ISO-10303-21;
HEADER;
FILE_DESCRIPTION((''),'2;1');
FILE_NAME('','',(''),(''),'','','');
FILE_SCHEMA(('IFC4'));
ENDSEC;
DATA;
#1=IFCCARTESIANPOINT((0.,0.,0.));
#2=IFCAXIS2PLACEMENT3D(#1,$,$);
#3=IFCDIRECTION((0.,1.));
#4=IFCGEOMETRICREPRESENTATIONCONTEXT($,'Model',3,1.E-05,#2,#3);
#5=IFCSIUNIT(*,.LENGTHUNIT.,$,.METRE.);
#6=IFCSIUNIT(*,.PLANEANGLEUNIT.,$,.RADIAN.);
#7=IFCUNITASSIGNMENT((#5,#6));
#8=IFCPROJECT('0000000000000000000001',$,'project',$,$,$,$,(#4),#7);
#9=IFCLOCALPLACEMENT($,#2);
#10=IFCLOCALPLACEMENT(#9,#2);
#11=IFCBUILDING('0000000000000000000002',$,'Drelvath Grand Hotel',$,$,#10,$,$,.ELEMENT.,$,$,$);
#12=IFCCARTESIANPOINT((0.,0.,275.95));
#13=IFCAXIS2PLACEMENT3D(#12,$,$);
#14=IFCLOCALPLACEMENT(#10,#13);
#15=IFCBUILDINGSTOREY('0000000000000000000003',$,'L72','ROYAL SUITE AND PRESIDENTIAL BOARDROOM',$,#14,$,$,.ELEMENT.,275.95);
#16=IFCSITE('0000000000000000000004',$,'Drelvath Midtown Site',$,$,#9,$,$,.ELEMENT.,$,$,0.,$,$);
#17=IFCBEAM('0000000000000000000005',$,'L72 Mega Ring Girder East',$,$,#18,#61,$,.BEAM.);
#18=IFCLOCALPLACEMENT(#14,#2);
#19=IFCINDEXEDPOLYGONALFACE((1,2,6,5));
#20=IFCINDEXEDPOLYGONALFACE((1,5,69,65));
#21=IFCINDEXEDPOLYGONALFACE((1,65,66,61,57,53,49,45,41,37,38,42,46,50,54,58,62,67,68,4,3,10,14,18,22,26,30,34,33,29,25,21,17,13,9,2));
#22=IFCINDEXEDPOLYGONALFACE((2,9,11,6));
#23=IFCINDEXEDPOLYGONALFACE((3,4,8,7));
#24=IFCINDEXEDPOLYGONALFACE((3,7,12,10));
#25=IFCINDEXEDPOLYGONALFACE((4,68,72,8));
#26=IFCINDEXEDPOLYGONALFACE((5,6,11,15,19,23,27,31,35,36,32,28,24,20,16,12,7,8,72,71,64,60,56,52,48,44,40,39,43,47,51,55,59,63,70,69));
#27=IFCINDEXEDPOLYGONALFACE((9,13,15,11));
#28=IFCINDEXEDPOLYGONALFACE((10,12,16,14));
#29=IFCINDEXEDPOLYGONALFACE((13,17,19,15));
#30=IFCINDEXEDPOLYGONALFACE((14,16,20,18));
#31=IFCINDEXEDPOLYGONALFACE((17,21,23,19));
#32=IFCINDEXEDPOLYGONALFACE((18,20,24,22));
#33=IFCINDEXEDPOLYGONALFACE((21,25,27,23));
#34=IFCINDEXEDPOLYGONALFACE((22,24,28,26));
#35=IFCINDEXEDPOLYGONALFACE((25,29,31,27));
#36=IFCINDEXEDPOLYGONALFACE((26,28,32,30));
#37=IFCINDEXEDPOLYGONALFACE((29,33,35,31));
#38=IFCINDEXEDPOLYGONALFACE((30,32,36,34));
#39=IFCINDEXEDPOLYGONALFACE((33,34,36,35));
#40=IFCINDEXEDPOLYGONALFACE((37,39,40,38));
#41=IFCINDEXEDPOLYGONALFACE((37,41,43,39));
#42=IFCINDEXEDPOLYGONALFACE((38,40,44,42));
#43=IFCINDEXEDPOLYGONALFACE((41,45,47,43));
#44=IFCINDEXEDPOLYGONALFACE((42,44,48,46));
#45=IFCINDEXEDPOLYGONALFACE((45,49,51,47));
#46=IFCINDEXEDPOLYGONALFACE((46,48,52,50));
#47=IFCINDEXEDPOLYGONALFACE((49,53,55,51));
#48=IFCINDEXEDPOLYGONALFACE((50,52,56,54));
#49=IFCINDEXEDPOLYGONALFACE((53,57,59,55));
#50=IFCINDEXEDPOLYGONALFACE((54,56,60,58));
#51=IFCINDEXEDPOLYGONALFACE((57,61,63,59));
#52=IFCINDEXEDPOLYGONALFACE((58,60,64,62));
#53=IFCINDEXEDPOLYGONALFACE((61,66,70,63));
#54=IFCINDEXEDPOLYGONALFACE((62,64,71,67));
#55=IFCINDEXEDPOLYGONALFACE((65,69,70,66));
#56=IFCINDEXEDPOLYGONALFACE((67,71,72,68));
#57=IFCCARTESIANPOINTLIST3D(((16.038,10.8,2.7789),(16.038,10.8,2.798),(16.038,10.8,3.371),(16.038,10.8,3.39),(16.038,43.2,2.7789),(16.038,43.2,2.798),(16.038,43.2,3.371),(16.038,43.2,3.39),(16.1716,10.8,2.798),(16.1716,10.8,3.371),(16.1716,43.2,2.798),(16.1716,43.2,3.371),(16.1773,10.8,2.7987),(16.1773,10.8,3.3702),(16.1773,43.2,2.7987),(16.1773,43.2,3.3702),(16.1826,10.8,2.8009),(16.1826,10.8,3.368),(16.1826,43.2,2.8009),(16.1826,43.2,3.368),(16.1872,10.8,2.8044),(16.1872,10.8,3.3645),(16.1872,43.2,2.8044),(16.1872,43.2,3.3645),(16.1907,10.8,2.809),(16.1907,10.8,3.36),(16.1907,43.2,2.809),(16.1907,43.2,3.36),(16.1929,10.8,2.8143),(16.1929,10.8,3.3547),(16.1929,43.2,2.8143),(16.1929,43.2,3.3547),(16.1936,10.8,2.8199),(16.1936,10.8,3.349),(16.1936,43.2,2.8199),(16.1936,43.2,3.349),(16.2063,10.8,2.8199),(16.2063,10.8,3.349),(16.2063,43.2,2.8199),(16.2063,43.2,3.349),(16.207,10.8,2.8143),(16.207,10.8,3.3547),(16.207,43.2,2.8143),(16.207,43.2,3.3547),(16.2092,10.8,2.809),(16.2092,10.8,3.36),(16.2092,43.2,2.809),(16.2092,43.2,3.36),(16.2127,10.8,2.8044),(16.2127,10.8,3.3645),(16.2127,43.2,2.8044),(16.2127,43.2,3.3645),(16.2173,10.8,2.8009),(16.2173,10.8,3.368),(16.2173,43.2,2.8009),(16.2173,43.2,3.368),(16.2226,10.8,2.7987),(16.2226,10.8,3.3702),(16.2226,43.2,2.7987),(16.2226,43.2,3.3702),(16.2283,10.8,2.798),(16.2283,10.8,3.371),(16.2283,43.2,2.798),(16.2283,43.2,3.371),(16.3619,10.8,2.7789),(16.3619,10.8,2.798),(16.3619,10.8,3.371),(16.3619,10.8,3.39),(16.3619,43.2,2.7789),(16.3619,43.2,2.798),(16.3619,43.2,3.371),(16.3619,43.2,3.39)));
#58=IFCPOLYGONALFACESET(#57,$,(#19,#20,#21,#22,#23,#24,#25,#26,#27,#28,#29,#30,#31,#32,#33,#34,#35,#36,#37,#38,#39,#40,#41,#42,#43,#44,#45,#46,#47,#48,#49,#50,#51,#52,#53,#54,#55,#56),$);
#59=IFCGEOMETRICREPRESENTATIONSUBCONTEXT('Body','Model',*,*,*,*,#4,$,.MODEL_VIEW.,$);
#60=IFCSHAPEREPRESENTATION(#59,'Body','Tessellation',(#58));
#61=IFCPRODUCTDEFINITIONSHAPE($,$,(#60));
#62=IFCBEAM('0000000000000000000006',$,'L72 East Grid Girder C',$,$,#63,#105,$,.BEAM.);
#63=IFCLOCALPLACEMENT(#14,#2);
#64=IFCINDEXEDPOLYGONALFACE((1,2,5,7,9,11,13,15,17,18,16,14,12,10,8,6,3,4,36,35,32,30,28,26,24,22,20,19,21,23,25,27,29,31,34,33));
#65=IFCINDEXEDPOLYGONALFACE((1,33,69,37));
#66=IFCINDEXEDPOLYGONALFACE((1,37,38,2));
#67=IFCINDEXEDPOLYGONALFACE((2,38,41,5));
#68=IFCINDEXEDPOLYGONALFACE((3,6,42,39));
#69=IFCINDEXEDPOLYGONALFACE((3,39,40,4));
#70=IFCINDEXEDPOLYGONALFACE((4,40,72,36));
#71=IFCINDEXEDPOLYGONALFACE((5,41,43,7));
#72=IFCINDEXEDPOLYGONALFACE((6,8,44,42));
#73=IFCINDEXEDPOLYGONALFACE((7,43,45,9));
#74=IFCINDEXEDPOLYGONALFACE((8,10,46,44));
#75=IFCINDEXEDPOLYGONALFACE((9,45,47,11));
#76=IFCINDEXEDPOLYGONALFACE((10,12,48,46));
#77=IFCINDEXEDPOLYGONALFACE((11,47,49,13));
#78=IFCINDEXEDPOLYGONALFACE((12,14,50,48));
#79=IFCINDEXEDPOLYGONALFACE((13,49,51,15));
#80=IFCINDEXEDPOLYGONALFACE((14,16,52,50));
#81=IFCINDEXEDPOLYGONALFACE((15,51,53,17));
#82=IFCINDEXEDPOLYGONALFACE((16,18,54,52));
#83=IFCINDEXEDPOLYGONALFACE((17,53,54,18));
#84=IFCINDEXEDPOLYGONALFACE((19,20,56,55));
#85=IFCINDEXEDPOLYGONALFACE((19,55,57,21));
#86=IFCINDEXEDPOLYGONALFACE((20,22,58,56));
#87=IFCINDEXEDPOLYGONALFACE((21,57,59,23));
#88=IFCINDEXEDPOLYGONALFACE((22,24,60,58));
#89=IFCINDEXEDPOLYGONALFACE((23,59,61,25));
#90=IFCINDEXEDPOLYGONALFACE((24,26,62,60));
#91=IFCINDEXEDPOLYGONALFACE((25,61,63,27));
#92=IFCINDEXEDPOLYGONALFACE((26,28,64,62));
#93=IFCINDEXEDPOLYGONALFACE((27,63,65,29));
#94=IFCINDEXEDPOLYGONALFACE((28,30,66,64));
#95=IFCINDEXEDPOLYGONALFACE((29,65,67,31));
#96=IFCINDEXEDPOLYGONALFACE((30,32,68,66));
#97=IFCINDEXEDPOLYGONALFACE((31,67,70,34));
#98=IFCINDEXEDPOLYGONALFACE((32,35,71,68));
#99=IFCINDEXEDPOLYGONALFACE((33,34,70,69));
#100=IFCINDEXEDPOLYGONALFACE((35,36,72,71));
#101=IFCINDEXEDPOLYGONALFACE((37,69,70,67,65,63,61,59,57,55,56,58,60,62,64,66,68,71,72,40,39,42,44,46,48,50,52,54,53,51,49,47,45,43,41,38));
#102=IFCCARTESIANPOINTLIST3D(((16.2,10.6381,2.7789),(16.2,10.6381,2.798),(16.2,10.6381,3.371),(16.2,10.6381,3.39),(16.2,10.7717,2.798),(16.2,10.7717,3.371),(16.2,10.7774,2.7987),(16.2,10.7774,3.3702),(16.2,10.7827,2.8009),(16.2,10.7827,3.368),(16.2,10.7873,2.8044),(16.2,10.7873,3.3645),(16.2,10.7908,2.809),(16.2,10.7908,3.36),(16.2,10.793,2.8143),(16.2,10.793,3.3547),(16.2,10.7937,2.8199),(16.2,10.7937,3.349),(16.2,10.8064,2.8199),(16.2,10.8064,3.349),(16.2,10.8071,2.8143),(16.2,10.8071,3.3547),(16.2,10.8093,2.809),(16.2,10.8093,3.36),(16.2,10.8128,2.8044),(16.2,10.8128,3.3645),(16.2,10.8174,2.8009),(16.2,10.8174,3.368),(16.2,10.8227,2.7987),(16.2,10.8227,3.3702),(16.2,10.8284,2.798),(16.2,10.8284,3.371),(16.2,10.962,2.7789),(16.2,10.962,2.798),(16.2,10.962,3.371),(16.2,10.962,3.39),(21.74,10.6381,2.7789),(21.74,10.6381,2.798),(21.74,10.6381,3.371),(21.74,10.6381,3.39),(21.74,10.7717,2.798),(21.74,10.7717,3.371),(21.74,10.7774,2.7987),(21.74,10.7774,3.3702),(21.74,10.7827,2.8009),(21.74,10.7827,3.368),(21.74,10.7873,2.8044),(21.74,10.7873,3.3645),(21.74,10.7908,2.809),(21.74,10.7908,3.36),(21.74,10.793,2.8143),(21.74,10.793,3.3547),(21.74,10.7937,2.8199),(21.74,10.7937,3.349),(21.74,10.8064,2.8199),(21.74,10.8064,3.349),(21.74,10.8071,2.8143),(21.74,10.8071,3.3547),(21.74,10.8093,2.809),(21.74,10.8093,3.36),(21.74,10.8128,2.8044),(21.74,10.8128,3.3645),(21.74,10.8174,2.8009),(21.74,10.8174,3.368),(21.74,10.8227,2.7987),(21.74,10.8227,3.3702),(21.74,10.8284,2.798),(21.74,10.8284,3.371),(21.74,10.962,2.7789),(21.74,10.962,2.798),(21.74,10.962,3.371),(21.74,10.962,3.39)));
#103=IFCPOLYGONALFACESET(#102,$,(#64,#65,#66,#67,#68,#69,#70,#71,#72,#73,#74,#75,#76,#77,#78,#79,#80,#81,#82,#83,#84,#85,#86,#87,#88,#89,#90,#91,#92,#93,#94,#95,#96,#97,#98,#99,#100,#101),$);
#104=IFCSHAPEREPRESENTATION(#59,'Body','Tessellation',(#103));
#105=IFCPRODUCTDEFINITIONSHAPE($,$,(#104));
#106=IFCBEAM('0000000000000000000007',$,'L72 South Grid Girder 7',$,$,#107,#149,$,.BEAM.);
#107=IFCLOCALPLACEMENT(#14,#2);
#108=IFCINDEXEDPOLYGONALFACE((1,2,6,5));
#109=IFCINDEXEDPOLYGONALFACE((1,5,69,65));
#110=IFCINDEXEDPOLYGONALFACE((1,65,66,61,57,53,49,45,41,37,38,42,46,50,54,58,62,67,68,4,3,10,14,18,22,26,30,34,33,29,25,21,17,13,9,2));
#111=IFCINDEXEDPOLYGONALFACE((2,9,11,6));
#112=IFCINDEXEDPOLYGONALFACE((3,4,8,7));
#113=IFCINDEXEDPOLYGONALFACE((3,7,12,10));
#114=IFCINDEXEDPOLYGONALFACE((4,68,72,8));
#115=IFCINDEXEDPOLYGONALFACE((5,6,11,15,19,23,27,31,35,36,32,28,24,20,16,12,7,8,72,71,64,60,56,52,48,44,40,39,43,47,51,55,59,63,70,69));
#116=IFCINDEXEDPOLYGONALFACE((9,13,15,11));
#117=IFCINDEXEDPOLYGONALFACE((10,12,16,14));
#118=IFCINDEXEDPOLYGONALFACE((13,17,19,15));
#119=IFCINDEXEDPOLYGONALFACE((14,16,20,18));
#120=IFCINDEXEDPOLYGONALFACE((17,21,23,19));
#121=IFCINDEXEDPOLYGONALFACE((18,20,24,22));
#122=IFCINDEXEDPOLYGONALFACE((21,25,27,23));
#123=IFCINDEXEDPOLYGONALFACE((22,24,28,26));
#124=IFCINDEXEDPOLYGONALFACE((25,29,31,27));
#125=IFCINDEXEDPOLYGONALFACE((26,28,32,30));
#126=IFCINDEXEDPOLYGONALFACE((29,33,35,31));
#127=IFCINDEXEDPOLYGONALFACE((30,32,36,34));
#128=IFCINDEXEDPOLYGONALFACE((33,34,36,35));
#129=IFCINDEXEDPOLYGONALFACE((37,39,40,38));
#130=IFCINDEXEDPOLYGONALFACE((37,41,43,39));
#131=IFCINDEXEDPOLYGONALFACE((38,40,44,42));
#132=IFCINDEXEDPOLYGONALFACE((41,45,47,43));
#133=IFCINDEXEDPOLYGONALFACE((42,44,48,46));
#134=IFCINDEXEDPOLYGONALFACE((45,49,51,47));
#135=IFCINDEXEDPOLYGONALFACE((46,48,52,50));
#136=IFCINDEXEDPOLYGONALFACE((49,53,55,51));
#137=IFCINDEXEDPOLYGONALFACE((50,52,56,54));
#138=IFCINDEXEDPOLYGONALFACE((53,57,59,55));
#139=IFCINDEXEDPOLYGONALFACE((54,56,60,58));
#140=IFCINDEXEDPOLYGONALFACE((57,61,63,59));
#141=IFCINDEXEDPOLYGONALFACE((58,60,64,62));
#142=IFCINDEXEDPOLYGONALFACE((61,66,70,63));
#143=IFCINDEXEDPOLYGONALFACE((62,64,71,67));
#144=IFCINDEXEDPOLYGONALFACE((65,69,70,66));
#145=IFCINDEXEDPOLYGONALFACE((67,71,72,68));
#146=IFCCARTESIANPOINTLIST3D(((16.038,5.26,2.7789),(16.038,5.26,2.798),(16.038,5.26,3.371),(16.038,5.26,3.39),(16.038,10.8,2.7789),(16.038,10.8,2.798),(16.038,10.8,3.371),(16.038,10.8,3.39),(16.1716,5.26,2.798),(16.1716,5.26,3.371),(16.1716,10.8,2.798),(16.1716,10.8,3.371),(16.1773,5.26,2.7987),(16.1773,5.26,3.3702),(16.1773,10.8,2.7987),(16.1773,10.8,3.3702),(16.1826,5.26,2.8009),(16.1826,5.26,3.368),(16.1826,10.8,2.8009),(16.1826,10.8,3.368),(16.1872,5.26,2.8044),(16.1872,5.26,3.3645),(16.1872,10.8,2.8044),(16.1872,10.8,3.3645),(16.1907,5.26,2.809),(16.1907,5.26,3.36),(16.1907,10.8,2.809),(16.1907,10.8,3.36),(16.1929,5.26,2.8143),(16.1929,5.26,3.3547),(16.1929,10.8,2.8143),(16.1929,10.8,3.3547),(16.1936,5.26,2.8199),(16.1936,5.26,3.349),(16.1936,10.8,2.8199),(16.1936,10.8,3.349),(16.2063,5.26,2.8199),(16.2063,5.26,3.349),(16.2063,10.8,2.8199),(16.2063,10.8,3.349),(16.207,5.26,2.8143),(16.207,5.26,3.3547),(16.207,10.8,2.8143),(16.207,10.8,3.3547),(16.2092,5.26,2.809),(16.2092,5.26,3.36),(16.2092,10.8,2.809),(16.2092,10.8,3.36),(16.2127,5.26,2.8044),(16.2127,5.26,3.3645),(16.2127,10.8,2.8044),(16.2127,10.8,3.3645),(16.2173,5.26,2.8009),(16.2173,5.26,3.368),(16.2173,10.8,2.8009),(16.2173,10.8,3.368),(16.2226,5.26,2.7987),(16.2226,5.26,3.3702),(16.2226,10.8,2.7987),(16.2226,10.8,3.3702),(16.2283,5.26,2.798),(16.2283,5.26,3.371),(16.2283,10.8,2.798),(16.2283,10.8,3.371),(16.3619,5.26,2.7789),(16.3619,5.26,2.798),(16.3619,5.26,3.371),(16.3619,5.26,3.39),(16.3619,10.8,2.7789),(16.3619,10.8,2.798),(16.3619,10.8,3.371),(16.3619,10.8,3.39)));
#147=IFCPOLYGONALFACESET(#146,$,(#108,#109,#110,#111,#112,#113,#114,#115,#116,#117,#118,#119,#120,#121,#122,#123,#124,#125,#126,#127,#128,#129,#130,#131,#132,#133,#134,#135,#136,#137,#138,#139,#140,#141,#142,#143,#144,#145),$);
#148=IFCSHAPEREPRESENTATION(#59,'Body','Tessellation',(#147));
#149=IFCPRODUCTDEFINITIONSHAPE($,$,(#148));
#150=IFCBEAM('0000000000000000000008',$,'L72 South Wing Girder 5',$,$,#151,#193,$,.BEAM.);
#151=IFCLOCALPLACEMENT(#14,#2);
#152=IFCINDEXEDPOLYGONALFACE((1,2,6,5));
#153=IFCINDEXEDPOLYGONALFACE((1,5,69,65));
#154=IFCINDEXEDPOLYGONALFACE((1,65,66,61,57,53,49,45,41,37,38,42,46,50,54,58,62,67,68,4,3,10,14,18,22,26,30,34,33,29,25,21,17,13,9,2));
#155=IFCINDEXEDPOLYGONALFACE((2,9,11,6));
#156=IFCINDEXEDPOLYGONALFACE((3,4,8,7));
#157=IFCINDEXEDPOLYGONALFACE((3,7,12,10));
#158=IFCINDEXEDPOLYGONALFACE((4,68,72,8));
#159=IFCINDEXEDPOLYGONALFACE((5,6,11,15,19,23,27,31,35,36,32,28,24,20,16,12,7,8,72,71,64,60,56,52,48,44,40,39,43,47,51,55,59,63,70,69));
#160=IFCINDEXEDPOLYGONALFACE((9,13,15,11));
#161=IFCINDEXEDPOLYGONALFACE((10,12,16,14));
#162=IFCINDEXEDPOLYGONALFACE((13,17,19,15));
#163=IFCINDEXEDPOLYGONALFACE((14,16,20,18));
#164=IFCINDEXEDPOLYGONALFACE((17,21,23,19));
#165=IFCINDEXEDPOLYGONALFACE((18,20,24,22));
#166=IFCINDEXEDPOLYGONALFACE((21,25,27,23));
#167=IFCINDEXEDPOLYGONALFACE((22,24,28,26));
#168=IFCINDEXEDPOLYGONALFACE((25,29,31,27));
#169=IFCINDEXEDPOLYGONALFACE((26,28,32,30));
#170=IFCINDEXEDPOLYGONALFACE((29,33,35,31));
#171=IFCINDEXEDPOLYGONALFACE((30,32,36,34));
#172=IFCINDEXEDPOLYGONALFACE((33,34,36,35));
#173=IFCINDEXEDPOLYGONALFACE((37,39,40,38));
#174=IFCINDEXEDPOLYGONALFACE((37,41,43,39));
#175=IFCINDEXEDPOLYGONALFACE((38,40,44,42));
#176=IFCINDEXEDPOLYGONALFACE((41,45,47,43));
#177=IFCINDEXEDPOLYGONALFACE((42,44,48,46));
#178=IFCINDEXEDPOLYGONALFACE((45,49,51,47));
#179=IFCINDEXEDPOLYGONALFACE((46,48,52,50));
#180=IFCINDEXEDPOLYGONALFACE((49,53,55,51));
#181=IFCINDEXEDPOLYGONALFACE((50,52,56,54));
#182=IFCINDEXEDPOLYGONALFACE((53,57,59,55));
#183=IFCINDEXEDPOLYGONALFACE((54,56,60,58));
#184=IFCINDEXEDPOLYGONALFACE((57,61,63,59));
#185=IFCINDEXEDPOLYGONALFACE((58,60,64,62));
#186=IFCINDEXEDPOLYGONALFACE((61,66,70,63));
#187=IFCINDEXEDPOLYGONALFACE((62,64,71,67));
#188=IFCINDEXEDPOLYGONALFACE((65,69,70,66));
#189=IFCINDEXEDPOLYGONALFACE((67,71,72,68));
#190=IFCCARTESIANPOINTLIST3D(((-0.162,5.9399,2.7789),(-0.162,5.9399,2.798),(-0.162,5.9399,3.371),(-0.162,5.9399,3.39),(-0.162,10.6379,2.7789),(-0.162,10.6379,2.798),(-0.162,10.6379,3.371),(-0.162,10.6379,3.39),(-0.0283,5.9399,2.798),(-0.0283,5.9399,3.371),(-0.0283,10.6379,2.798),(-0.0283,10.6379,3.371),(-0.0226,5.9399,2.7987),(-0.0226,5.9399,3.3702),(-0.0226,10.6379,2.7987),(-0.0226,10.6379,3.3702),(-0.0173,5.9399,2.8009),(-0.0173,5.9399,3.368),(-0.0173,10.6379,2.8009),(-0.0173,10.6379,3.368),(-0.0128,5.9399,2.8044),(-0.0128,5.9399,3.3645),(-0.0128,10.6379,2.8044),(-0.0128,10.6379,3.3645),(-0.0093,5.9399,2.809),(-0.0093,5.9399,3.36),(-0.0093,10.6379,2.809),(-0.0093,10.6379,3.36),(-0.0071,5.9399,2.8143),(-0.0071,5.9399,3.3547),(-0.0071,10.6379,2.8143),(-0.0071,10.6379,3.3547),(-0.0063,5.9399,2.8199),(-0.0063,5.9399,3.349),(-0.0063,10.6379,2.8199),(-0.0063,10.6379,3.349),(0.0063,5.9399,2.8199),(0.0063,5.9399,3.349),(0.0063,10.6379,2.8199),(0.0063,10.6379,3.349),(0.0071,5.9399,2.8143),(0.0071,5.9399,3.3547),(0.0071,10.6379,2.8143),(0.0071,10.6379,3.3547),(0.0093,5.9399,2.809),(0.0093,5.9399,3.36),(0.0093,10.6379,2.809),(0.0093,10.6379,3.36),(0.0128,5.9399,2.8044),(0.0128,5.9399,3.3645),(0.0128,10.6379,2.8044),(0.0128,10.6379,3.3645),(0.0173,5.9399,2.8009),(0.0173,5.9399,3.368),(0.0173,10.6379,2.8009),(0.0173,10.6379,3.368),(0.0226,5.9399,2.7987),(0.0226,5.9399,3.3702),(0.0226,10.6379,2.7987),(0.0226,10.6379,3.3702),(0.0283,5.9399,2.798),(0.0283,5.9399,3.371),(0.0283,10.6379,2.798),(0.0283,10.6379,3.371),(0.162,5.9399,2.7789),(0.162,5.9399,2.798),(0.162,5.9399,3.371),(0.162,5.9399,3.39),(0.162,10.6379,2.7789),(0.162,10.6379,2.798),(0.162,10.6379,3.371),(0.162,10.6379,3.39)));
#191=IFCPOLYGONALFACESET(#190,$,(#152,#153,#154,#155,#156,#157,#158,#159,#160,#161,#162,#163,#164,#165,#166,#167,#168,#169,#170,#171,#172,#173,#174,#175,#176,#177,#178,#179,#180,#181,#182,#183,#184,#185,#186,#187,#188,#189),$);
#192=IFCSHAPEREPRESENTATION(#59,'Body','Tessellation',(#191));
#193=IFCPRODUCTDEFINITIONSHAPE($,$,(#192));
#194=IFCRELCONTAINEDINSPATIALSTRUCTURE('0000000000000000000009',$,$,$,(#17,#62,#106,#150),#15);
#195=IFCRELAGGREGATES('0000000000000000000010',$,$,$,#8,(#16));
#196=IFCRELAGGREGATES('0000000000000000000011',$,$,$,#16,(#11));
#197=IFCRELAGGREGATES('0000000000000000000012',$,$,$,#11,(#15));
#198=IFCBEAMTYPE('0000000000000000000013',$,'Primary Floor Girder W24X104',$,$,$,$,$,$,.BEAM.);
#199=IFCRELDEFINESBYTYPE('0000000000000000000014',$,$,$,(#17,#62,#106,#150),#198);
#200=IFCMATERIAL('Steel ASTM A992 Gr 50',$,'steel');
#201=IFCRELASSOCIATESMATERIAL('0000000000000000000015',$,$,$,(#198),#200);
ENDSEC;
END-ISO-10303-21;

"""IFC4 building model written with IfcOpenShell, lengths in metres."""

from ifc_helpers import new_model, si_unit, direction, frame, origin, origin_2d, place, context, subcontext, project, spatial, i_section, extrude, material, material_profile, profile_set, type_object, element, save


model = new_model("IFC4")

# Units and contexts
model_context = context("Model", 3, precision=1e-05, world=origin(), true_north=direction((0.0, 1.0)))
body_context = subcontext(model_context, "Body", "Model", "MODEL_VIEW")
ifc_project = project(units=[si_unit("LENGTHUNIT", "METRE"), si_unit("PLANEANGLEUNIT", "RADIAN")], contexts=[model_context])

# Site, building, storey
site_placement = place(None, origin())
site = spatial("IfcSite", under=ifc_project, at=site_placement, Name="Drelvath Midtown Site", CompositionType="ELEMENT", RefElevation=0.0)
building_placement = place(site_placement, origin())
building = spatial("IfcBuilding", under=site, at=building_placement, Name="Drelvath Grand Hotel", CompositionType="ELEMENT")
storey_placement = place(building_placement, frame((0.0, 0.0, 275.95)))
storey = spatial("IfcBuildingStorey", under=building, at=storey_placement, Name="L72", Description="ROYAL SUITE AND PRESIDENTIAL BOARDROOM", CompositionType="ELEMENT", Elevation=275.95)

# Shared definitions
ifc_material_1 = material(Name="Steel ASTM A992 Gr 50", Category="steel")

# Beams
ifc_material_profile_1 = material_profile(ifc_material_1, i_section(OverallWidth=0.324, OverallDepth=0.6111, WebThickness=0.0127, FlangeThickness=0.019, FilletRadius=0.022, at=origin_2d()), Name="W24X104")
ifc_profile_set_1 = profile_set([ifc_material_profile_1], Name="Steel ASTM A992 Gr 50")
beam_type_1 = type_object("IfcBeamType", Name="Primary Floor Girder W24X104", PredefinedType="BEAM", material=ifc_profile_set_1)
beam_1_placement = place(storey_placement, frame((16.2, 10.8, 3.0845), z_axis=(0.0, 1.0, 0.0), x_axis=(-1.0, 0.0, 0.0)))
element("IfcBeam", 1, at=beam_1_placement, inside=storey, type_object=beam_type_1, Name="L72 Mega Ring Girder East", PredefinedType="BEAM", context=body_context, shape_type="SweptSolid", body=[
    extrude(i_section(OverallWidth=0.324, OverallDepth=0.6111, WebThickness=0.0127, FlangeThickness=0.019, FilletRadius=0.022, at=origin_2d()), origin(), (0.0, 0.0, 1.0), 32.3999),
])
for number, where, z_axis, x_axis, name in (
    (2, (16.2, 10.8, 3.0845), (1.0, 0.0, 0.0), (0.0, 1.0, 0.0), "L72 East Grid Girder C"),
    (3, (16.2, 5.26, 3.0845), (0.0, 1.0, 0.0), (-1.0, 0.0, 0.0), "L72 South Grid Girder 7"),
):
    element("IfcBeam", number, at=place(storey_placement, frame(where, z_axis=z_axis, x_axis=x_axis)), inside=storey, type_object=beam_type_1, Name=name, PredefinedType="BEAM", context=body_context, shape_type="SweptSolid", body=[
        extrude(i_section(OverallWidth=0.324, OverallDepth=0.6111, WebThickness=0.0127, FlangeThickness=0.019, FilletRadius=0.022, at=origin_2d()), origin(), (0.0, 0.0, 1.0), 5.54),
    ])
beam_2_placement = place(storey_placement, frame((0.0, 5.9399, 3.0845), z_axis=(0.0, 1.0, 0.0), x_axis=(-1.0, 0.0, 0.0)))
element("IfcBeam", 4, at=beam_2_placement, inside=storey, type_object=beam_type_1, Name="L72 South Wing Girder 5", PredefinedType="BEAM", context=body_context, shape_type="SweptSolid", body=[
    extrude(i_section(OverallWidth=0.324, OverallDepth=0.6111, WebThickness=0.0127, FlangeThickness=0.019, FilletRadius=0.022, at=origin_2d()), origin(), (0.0, 0.0, 1.0), 4.698),
])

save(model, "model.ifc")
